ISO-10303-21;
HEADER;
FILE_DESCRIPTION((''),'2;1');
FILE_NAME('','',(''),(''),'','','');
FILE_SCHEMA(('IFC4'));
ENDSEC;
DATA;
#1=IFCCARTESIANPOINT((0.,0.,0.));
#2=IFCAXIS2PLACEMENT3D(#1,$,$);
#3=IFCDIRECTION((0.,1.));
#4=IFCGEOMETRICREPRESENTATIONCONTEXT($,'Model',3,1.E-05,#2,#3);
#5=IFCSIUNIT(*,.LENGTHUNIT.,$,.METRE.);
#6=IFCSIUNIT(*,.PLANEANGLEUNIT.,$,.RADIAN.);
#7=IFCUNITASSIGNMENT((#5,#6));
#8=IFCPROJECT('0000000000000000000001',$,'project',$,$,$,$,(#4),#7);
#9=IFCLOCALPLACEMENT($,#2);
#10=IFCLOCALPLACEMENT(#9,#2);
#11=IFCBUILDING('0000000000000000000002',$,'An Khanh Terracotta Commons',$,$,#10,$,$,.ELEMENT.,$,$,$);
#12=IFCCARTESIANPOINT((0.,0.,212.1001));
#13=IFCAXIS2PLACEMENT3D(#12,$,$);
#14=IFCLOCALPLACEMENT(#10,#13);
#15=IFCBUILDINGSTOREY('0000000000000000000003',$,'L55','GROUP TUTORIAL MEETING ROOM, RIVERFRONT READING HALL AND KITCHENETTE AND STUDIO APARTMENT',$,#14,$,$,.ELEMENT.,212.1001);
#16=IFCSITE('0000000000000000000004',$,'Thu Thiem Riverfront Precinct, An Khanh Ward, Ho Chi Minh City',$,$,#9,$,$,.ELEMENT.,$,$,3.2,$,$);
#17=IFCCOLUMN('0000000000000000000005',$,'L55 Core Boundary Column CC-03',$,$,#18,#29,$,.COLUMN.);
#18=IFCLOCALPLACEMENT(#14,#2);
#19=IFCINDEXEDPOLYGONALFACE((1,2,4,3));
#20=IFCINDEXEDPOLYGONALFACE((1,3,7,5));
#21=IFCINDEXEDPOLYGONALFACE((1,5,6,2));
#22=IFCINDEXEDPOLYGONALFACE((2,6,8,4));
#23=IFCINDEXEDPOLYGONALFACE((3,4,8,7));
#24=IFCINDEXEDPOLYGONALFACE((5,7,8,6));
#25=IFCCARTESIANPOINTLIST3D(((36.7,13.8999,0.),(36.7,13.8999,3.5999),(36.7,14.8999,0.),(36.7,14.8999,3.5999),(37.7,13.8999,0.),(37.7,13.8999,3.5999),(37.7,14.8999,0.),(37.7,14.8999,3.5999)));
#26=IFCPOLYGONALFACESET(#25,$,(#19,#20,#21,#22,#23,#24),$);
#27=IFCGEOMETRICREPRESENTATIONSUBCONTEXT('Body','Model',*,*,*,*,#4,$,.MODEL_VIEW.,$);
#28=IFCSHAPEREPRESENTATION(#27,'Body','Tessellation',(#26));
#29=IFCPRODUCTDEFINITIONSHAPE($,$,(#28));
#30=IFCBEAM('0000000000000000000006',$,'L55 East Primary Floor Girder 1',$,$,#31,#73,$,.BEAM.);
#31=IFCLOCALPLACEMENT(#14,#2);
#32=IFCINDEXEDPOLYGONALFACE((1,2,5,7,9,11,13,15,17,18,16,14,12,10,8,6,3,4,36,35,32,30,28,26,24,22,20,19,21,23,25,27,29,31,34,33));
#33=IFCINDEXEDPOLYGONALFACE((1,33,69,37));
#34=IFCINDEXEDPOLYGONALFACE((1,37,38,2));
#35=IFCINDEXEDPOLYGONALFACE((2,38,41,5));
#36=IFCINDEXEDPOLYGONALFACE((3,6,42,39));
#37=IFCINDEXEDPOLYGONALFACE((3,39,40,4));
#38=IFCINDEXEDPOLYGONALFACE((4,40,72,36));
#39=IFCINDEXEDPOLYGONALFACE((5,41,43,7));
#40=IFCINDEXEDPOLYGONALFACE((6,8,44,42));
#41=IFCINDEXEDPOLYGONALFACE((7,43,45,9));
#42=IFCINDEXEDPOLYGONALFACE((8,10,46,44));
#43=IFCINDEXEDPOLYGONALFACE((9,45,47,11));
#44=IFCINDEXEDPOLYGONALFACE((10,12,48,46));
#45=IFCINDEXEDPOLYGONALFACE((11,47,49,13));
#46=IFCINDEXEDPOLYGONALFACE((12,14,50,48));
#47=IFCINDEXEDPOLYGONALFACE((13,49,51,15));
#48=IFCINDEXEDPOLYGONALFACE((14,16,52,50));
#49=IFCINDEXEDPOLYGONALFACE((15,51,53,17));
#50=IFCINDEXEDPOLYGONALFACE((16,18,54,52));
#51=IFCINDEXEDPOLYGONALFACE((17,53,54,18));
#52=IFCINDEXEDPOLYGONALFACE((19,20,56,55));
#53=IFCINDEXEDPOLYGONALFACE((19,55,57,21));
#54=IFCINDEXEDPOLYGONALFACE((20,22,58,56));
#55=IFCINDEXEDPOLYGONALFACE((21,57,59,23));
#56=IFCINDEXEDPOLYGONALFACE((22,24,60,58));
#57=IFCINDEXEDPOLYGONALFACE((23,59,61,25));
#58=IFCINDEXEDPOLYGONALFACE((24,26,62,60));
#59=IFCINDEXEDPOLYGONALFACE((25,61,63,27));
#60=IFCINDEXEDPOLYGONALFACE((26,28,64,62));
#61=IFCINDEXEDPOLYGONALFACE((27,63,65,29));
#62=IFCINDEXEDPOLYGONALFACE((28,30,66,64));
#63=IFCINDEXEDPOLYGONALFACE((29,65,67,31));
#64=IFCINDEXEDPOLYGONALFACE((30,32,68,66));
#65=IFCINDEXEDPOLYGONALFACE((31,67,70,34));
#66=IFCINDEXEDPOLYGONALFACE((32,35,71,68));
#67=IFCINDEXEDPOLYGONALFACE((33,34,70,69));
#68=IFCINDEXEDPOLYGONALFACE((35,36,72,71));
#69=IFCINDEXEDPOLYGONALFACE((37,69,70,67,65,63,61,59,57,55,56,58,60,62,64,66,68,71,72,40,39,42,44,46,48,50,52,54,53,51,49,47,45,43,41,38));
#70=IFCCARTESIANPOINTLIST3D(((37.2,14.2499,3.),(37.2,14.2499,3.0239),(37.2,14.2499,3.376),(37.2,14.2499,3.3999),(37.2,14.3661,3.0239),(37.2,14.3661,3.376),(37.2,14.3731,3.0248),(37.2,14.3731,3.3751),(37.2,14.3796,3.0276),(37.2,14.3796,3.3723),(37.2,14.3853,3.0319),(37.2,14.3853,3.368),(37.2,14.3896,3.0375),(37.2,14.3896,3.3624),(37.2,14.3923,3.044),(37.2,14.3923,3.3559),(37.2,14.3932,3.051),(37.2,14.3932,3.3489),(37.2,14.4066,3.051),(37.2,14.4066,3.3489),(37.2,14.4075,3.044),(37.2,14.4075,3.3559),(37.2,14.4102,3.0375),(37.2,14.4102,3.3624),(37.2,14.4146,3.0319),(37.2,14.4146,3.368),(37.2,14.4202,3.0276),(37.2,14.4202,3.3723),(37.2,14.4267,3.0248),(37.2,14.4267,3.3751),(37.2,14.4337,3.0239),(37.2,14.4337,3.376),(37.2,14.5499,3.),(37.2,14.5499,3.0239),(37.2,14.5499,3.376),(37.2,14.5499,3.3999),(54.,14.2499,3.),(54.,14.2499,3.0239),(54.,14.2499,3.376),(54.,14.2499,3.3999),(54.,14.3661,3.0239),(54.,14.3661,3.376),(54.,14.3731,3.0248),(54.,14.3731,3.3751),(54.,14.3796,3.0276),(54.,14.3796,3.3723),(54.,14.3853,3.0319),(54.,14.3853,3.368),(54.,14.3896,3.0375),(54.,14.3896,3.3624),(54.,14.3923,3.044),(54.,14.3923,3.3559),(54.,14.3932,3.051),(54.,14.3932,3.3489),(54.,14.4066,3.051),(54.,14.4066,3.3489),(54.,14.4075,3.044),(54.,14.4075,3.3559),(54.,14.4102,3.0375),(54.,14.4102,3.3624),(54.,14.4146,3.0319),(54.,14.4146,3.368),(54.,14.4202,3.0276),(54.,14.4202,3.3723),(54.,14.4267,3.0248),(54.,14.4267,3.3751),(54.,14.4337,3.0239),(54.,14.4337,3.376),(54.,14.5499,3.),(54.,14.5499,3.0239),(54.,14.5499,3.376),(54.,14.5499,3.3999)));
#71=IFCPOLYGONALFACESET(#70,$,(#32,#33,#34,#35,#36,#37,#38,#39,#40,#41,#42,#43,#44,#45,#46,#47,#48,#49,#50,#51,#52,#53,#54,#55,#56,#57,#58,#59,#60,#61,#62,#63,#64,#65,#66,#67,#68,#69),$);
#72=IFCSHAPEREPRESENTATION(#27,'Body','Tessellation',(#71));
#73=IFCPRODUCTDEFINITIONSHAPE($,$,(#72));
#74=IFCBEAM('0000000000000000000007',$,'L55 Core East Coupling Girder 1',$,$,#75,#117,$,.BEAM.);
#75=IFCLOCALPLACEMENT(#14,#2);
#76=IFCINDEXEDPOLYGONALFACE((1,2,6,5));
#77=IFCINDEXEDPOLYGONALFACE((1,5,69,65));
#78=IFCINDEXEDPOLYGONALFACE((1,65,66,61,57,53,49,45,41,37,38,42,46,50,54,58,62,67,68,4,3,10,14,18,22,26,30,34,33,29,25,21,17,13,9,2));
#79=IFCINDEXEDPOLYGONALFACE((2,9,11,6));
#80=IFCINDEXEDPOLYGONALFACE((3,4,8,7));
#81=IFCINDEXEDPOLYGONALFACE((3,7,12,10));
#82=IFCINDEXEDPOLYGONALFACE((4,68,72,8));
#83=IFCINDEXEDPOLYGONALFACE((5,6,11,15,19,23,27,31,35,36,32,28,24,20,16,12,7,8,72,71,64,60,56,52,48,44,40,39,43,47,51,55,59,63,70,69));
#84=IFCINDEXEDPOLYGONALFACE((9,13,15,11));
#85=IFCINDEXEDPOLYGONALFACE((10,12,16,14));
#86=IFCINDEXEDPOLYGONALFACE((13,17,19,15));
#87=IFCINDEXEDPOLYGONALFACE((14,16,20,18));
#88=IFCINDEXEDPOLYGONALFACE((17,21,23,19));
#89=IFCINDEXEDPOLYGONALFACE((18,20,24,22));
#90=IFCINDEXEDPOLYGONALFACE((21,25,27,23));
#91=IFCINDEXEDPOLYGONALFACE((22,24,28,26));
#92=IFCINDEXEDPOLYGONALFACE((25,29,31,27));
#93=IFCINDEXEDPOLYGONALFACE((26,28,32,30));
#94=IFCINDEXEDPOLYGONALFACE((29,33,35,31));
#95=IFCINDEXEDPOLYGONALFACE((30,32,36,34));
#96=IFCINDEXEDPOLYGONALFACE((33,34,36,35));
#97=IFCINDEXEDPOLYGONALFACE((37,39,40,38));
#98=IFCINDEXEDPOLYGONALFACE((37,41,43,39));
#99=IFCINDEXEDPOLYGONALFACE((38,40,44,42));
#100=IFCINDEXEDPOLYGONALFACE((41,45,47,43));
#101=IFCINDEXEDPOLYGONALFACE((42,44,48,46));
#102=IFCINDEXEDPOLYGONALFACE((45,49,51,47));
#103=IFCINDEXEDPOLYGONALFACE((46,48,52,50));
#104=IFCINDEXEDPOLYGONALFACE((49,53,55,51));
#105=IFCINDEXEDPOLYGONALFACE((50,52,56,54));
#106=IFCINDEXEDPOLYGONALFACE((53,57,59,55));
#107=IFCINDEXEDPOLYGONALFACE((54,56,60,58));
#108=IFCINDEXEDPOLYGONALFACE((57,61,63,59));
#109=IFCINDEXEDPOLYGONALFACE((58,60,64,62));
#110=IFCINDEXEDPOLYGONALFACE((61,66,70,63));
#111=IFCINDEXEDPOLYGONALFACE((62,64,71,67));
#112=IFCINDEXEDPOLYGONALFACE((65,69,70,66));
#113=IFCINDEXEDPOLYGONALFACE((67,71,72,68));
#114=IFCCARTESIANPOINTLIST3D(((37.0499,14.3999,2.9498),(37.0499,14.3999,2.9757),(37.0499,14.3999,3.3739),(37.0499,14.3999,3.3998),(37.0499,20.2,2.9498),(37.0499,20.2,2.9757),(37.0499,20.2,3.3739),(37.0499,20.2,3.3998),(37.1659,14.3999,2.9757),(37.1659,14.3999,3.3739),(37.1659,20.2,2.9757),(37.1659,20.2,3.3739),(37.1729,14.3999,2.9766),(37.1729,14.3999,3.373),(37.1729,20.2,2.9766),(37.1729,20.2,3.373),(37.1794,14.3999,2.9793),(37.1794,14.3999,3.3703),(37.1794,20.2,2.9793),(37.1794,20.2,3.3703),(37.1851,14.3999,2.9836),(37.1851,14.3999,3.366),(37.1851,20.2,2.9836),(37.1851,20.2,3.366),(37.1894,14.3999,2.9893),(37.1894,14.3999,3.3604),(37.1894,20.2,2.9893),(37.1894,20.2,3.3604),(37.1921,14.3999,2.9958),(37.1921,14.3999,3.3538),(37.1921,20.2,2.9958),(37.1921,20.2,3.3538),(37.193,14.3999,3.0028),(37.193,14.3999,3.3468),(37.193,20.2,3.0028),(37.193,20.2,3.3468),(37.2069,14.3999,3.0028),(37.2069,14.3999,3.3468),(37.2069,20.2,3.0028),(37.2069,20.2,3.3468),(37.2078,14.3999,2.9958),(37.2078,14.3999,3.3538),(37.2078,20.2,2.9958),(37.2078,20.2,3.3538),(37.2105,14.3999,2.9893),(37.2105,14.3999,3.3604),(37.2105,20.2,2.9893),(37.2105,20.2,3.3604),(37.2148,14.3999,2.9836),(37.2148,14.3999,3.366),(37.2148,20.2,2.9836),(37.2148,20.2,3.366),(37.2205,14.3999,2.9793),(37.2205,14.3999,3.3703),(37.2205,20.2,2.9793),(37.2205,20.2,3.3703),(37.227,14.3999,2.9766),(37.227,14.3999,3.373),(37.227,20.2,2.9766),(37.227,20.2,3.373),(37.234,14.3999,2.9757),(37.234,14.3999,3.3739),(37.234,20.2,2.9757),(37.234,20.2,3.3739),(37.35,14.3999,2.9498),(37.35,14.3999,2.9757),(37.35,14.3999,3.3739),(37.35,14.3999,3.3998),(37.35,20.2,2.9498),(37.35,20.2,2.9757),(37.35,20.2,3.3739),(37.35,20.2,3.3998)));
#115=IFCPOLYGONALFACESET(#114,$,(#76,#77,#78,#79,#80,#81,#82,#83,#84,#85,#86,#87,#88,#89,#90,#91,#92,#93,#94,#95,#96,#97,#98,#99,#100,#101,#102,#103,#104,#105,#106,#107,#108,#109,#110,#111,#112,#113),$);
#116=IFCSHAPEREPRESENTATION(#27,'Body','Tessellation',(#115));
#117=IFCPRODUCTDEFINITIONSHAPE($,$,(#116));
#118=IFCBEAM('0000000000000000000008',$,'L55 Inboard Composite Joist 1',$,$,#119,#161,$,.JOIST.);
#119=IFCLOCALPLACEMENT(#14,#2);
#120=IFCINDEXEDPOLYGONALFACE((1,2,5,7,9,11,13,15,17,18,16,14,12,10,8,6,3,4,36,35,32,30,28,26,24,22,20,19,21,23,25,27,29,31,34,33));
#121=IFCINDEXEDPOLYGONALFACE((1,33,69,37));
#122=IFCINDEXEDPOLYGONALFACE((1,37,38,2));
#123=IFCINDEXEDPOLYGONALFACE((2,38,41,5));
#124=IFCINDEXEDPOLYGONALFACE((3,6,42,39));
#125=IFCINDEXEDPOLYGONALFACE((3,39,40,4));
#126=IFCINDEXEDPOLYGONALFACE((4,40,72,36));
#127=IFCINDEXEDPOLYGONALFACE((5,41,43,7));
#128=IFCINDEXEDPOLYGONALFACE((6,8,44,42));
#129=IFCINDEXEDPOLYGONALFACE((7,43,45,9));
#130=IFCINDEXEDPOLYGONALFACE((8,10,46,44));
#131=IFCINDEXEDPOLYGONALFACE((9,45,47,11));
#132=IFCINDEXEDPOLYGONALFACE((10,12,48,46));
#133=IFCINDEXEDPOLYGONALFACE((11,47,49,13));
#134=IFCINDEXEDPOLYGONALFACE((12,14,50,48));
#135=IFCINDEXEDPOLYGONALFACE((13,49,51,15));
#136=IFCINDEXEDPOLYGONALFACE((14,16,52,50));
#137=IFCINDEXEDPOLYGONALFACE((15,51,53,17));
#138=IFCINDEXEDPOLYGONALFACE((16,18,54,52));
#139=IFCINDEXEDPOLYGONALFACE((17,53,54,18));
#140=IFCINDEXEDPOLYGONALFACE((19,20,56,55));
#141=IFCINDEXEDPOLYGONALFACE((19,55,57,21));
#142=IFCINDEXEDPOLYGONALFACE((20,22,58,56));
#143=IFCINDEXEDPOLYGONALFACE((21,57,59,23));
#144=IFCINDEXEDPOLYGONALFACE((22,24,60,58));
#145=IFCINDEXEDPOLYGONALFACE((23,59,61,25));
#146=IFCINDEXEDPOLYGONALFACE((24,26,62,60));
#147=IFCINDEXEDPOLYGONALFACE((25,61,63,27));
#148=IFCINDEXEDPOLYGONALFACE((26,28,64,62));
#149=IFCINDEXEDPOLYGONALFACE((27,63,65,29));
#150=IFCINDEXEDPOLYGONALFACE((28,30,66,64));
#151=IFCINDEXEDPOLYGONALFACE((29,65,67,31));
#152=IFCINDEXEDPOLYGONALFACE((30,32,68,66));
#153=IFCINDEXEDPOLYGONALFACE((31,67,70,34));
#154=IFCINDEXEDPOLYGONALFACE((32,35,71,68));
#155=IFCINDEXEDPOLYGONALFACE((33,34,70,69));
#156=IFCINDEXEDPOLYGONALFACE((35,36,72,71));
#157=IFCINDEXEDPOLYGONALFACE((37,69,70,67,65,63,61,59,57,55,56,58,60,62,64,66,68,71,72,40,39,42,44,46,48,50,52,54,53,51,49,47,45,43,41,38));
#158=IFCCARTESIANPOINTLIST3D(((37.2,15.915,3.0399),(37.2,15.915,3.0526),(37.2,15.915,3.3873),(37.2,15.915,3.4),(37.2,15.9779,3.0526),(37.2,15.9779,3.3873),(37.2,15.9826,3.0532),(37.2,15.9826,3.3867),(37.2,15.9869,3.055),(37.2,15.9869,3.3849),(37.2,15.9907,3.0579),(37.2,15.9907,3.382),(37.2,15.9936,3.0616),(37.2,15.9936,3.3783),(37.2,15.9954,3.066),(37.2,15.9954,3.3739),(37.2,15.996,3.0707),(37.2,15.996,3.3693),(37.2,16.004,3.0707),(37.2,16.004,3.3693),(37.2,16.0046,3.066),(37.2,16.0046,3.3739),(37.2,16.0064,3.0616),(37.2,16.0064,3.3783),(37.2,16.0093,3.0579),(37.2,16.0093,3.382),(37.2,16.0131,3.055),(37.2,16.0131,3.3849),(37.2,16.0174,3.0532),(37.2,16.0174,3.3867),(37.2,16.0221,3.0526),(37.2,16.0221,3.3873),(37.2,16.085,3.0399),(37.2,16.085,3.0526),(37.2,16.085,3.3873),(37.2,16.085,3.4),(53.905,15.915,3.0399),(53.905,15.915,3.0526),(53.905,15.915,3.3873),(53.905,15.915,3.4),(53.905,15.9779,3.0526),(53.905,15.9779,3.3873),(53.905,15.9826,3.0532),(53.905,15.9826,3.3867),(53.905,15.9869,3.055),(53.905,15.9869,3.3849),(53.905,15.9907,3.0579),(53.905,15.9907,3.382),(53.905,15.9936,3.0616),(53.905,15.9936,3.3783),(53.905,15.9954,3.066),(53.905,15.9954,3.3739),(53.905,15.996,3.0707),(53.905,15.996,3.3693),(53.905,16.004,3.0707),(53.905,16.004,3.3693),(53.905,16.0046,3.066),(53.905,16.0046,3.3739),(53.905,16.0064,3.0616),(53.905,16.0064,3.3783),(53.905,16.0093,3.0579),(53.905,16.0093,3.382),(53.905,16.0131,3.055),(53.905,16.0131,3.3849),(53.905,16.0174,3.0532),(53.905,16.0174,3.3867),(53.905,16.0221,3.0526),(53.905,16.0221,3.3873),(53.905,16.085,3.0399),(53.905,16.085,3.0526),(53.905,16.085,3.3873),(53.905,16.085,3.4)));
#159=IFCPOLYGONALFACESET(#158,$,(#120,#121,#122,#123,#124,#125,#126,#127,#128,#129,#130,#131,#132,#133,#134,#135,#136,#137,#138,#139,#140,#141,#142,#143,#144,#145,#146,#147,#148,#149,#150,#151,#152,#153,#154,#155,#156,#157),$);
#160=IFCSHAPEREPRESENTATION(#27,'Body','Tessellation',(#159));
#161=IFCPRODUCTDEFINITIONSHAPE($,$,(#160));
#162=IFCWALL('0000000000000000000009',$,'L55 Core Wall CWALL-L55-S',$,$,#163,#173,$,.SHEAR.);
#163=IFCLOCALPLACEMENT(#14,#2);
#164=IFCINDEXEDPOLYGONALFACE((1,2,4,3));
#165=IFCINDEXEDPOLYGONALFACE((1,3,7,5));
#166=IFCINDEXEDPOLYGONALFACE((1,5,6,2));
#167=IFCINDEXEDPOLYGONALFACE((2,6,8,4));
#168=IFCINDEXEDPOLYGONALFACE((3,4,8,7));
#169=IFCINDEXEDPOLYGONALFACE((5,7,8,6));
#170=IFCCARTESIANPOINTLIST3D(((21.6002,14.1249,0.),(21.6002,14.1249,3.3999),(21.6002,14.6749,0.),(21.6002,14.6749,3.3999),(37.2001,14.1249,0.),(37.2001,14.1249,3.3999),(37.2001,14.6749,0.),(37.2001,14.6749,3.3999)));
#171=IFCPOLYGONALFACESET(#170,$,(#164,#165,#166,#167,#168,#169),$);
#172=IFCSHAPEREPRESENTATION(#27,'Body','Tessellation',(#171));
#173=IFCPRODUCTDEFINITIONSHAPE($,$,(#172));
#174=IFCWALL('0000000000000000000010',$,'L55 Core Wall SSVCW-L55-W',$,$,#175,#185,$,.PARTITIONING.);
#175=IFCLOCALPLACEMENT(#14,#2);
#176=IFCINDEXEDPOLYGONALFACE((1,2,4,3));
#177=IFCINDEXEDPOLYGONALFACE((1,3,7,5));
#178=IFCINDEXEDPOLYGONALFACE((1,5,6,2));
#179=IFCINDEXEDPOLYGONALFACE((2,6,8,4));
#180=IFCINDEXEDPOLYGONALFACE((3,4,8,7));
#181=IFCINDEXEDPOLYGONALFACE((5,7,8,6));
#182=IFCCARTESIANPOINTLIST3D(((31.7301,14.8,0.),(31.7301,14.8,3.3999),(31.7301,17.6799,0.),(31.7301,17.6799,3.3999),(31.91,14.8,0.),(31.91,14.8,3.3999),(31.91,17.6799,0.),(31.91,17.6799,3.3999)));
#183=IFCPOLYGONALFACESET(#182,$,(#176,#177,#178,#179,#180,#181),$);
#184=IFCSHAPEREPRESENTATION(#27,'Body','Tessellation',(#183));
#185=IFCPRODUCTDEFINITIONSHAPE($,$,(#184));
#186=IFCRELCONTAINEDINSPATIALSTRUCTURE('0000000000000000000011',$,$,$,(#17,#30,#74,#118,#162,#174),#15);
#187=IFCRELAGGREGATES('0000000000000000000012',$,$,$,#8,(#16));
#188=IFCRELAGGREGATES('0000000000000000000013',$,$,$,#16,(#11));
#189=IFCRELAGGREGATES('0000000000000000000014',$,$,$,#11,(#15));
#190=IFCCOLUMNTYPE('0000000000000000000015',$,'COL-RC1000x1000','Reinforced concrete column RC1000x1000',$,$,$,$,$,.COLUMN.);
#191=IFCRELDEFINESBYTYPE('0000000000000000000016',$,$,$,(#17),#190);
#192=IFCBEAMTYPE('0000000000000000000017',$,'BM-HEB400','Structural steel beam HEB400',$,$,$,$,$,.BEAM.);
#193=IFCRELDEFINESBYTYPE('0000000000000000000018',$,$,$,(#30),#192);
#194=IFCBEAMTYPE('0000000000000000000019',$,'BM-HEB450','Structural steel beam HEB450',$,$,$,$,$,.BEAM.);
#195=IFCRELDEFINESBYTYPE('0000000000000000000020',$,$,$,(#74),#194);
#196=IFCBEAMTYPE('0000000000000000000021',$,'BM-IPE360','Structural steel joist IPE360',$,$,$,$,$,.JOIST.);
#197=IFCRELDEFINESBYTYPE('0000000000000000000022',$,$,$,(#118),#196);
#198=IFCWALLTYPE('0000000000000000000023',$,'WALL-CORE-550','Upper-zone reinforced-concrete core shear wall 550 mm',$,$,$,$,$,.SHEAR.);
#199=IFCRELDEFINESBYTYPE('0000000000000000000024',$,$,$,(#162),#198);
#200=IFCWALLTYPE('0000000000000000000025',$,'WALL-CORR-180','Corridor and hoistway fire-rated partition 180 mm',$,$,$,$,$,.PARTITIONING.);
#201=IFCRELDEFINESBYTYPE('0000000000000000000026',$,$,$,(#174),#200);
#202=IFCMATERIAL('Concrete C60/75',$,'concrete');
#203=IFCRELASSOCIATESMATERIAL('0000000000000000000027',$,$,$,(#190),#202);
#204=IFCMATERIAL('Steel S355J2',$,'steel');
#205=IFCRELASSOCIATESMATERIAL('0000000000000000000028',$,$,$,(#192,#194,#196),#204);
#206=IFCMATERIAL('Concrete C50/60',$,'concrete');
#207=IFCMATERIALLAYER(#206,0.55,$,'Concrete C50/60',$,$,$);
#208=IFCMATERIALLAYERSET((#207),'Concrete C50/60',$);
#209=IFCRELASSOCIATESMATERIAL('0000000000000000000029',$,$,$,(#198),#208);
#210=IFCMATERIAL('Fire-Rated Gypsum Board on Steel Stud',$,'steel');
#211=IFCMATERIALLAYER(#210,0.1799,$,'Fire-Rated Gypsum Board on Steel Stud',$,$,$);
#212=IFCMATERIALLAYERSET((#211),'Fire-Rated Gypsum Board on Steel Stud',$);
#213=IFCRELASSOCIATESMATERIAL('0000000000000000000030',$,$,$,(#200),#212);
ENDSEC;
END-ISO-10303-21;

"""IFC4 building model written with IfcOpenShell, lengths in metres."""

from ifc_helpers import new_model, si_unit, direction, frame, frame_2d, origin, origin_2d, place, context, subcontext, project, spatial, rectangle, i_section, extrude, material, layer, layer_set, material_profile, profile_set, type_object, element, save


model = new_model("IFC4")

# Units and contexts
model_context = context("Model", 3, precision=1e-05, world=origin(), true_north=direction((0.0, 1.0)))
body_context = subcontext(model_context, "Body", "Model", "MODEL_VIEW")
ifc_project = project(units=[si_unit("LENGTHUNIT", "METRE"), si_unit("PLANEANGLEUNIT", "RADIAN")], contexts=[model_context])

# Site, building, storey
site_placement = place(None, origin())
site = spatial("IfcSite", under=ifc_project, at=site_placement, Name="Thu Thiem Riverfront Precinct, An Khanh Ward, Ho Chi Minh City", CompositionType="ELEMENT", RefElevation=3.2)
building_placement = place(site_placement, origin())
building = spatial("IfcBuilding", under=site, at=building_placement, Name="An Khanh Terracotta Commons", CompositionType="ELEMENT")
storey_placement = place(building_placement, frame((0.0, 0.0, 212.1001)))
storey = spatial("IfcBuildingStorey", under=building, at=storey_placement, Name="L55", Description="GROUP TUTORIAL MEETING ROOM, RIVERFRONT READING HALL AND KITCHENETTE AND STUDIO APARTMENT", CompositionType="ELEMENT", Elevation=212.1001)

# Column
ifc_material_1 = material(Name="Concrete C60/75", Category="concrete")
ifc_material_profile_1 = material_profile(ifc_material_1, rectangle(XDim=1.0, YDim=1.0, at=origin_2d()), Name="RC1000x1000")
ifc_profile_set_1 = profile_set([ifc_material_profile_1], Name="Concrete C60/75")
column_type = type_object("IfcColumnType", Name="COL-RC1000x1000", Description="Reinforced concrete column RC1000x1000", PredefinedType="COLUMN", material=ifc_profile_set_1)
column_placement = place(storey_placement, frame((37.2, 14.3999, 0.0), z_axis=(0.0, 0.0, 1.0), x_axis=(1.0, 0.0, 0.0)))
element("IfcColumn", 1, at=column_placement, inside=storey, type_object=column_type, Name="L55 Core Boundary Column CC-03", PredefinedType="COLUMN", context=body_context, shape_type="SweptSolid", body=[
    extrude(rectangle(XDim=1.0, YDim=1.0, at=origin_2d()), origin(), (0.0, 0.0, 1.0), 3.5999),
])

# Beams
ifc_material_2 = material(Name="Steel S355J2", Category="steel")
ifc_material_profile_2 = material_profile(ifc_material_2, i_section(OverallWidth=0.3, OverallDepth=0.3999, WebThickness=0.0134, FlangeThickness=0.0239, FilletRadius=0.0271, at=origin_2d()), Name="HEB400")
ifc_profile_set_2 = profile_set([ifc_material_profile_2], Name="Steel S355J2")
beam_type_1 = type_object("IfcBeamType", Name="BM-HEB400", Description="Structural steel beam HEB400", PredefinedType="BEAM", material=ifc_profile_set_2)
beam_1_placement = place(storey_placement, frame((37.2, 14.3999, 3.2), z_axis=(1.0, 0.0, 0.0), x_axis=(0.0, 1.0, 0.0)))
element("IfcBeam", 2, at=beam_1_placement, inside=storey, type_object=beam_type_1, Name="L55 East Primary Floor Girder 1", PredefinedType="BEAM", context=body_context, shape_type="SweptSolid", body=[
    extrude(i_section(OverallWidth=0.3, OverallDepth=0.3999, WebThickness=0.0134, FlangeThickness=0.0239, FilletRadius=0.0271, at=origin_2d()), origin(), (0.0, 0.0, 1.0), 16.8),
])
ifc_material_profile_3 = material_profile(ifc_material_2, i_section(OverallWidth=0.3, OverallDepth=0.45, WebThickness=0.0139, FlangeThickness=0.0259, FilletRadius=0.0271, at=origin_2d()), Name="HEB450")
ifc_profile_set_3 = profile_set([ifc_material_profile_3], Name="Steel S355J2")
beam_type_2 = type_object("IfcBeamType", Name="BM-HEB450", Description="Structural steel beam HEB450", PredefinedType="BEAM", material=ifc_profile_set_3)
beam_2_placement = place(storey_placement, frame((37.2, 14.3999, 3.1748), z_axis=(0.0, 1.0, 0.0), x_axis=(-1.0, 0.0, 0.0)))
element("IfcBeam", 3, at=beam_2_placement, inside=storey, type_object=beam_type_2, Name="L55 Core East Coupling Girder 1", PredefinedType="BEAM", context=body_context, shape_type="SweptSolid", body=[
    extrude(i_section(OverallWidth=0.3, OverallDepth=0.45, WebThickness=0.0139, FlangeThickness=0.0259, FilletRadius=0.0271, at=origin_2d()), origin(), (0.0, 0.0, 1.0), 5.8),
])
ifc_material_profile_4 = material_profile(ifc_material_2, i_section(OverallWidth=0.1699, OverallDepth=0.3601, WebThickness=0.0081, FlangeThickness=0.0127, FilletRadius=0.0181, at=origin_2d()), Name="IPE360")
ifc_profile_set_4 = profile_set([ifc_material_profile_4], Name="Steel S355J2")
beam_type_3 = type_object("IfcBeamType", Name="BM-IPE360", Description="Structural steel joist IPE360", PredefinedType="JOIST", material=ifc_profile_set_4)
beam_3_placement = place(storey_placement, frame((37.2, 16.0, 3.22), z_axis=(1.0, 0.0, 0.0), x_axis=(0.0, 1.0, 0.0)))
element("IfcBeam", 4, at=beam_3_placement, inside=storey, type_object=beam_type_3, Name="L55 Inboard Composite Joist 1", PredefinedType="JOIST", context=body_context, shape_type="SweptSolid", body=[
    extrude(i_section(OverallWidth=0.1699, OverallDepth=0.3601, WebThickness=0.0081, FlangeThickness=0.0127, FilletRadius=0.0181, at=origin_2d()), origin(), (0.0, 0.0, 1.0), 16.7051),
])

# Wall
ifc_material_3 = material(Name="Concrete C50/60", Category="concrete")
ifc_layer_1 = layer(ifc_material_3, 0.55, Name="Concrete C50/60")
ifc_layer_set_1 = layer_set([ifc_layer_1], Name="Concrete C50/60")
wall_type_1 = type_object("IfcWallType", Name="WALL-CORE-550", Description="Upper-zone reinforced-concrete core shear wall 550 mm", PredefinedType="SHEAR", material=ifc_layer_set_1)
wall_1_placement = place(storey_placement, frame((37.2, 14.3999, 0.0), z_axis=(0.0, 0.0, 1.0), x_axis=(-1.0, 0.0, 0.0)))
element("IfcWall", 5, at=wall_1_placement, inside=storey, type_object=wall_type_1, Name="L55 Core Wall CWALL-L55-S", PredefinedType="SHEAR", context=body_context, shape_type="SweptSolid", body=[
    extrude(rectangle(XDim=15.5999, YDim=0.55, at=frame_2d((7.7998, 0.0))), origin(), (0.0, 0.0, 1.0), 3.3999),
])

# Wall
ifc_material_4 = material(Name="Fire-Rated Gypsum Board on Steel Stud", Category="steel")
ifc_layer_2 = layer(ifc_material_4, 0.1799, Name="Fire-Rated Gypsum Board on Steel Stud")
ifc_layer_set_2 = layer_set([ifc_layer_2], Name="Fire-Rated Gypsum Board on Steel Stud")
wall_type_2 = type_object("IfcWallType", Name="WALL-CORR-180", Description="Corridor and hoistway fire-rated partition 180 mm", PredefinedType="PARTITIONING", material=ifc_layer_set_2)
wall_2_placement = place(storey_placement, frame((31.8201, 14.8, 0.0), z_axis=(0.0, 0.0, 1.0), x_axis=(0.0, 1.0, 0.0)))
element("IfcWall", 6, at=wall_2_placement, inside=storey, type_object=wall_type_2, Name="L55 Core Wall SSVCW-L55-W", PredefinedType="PARTITIONING", context=body_context, shape_type="SweptSolid", body=[
    extrude(rectangle(XDim=2.8799, YDim=0.1799, at=frame_2d((1.4399, 0.0))), origin(), (0.0, 0.0, 1.0), 3.3999),
])

save(model, "model.ifc")
